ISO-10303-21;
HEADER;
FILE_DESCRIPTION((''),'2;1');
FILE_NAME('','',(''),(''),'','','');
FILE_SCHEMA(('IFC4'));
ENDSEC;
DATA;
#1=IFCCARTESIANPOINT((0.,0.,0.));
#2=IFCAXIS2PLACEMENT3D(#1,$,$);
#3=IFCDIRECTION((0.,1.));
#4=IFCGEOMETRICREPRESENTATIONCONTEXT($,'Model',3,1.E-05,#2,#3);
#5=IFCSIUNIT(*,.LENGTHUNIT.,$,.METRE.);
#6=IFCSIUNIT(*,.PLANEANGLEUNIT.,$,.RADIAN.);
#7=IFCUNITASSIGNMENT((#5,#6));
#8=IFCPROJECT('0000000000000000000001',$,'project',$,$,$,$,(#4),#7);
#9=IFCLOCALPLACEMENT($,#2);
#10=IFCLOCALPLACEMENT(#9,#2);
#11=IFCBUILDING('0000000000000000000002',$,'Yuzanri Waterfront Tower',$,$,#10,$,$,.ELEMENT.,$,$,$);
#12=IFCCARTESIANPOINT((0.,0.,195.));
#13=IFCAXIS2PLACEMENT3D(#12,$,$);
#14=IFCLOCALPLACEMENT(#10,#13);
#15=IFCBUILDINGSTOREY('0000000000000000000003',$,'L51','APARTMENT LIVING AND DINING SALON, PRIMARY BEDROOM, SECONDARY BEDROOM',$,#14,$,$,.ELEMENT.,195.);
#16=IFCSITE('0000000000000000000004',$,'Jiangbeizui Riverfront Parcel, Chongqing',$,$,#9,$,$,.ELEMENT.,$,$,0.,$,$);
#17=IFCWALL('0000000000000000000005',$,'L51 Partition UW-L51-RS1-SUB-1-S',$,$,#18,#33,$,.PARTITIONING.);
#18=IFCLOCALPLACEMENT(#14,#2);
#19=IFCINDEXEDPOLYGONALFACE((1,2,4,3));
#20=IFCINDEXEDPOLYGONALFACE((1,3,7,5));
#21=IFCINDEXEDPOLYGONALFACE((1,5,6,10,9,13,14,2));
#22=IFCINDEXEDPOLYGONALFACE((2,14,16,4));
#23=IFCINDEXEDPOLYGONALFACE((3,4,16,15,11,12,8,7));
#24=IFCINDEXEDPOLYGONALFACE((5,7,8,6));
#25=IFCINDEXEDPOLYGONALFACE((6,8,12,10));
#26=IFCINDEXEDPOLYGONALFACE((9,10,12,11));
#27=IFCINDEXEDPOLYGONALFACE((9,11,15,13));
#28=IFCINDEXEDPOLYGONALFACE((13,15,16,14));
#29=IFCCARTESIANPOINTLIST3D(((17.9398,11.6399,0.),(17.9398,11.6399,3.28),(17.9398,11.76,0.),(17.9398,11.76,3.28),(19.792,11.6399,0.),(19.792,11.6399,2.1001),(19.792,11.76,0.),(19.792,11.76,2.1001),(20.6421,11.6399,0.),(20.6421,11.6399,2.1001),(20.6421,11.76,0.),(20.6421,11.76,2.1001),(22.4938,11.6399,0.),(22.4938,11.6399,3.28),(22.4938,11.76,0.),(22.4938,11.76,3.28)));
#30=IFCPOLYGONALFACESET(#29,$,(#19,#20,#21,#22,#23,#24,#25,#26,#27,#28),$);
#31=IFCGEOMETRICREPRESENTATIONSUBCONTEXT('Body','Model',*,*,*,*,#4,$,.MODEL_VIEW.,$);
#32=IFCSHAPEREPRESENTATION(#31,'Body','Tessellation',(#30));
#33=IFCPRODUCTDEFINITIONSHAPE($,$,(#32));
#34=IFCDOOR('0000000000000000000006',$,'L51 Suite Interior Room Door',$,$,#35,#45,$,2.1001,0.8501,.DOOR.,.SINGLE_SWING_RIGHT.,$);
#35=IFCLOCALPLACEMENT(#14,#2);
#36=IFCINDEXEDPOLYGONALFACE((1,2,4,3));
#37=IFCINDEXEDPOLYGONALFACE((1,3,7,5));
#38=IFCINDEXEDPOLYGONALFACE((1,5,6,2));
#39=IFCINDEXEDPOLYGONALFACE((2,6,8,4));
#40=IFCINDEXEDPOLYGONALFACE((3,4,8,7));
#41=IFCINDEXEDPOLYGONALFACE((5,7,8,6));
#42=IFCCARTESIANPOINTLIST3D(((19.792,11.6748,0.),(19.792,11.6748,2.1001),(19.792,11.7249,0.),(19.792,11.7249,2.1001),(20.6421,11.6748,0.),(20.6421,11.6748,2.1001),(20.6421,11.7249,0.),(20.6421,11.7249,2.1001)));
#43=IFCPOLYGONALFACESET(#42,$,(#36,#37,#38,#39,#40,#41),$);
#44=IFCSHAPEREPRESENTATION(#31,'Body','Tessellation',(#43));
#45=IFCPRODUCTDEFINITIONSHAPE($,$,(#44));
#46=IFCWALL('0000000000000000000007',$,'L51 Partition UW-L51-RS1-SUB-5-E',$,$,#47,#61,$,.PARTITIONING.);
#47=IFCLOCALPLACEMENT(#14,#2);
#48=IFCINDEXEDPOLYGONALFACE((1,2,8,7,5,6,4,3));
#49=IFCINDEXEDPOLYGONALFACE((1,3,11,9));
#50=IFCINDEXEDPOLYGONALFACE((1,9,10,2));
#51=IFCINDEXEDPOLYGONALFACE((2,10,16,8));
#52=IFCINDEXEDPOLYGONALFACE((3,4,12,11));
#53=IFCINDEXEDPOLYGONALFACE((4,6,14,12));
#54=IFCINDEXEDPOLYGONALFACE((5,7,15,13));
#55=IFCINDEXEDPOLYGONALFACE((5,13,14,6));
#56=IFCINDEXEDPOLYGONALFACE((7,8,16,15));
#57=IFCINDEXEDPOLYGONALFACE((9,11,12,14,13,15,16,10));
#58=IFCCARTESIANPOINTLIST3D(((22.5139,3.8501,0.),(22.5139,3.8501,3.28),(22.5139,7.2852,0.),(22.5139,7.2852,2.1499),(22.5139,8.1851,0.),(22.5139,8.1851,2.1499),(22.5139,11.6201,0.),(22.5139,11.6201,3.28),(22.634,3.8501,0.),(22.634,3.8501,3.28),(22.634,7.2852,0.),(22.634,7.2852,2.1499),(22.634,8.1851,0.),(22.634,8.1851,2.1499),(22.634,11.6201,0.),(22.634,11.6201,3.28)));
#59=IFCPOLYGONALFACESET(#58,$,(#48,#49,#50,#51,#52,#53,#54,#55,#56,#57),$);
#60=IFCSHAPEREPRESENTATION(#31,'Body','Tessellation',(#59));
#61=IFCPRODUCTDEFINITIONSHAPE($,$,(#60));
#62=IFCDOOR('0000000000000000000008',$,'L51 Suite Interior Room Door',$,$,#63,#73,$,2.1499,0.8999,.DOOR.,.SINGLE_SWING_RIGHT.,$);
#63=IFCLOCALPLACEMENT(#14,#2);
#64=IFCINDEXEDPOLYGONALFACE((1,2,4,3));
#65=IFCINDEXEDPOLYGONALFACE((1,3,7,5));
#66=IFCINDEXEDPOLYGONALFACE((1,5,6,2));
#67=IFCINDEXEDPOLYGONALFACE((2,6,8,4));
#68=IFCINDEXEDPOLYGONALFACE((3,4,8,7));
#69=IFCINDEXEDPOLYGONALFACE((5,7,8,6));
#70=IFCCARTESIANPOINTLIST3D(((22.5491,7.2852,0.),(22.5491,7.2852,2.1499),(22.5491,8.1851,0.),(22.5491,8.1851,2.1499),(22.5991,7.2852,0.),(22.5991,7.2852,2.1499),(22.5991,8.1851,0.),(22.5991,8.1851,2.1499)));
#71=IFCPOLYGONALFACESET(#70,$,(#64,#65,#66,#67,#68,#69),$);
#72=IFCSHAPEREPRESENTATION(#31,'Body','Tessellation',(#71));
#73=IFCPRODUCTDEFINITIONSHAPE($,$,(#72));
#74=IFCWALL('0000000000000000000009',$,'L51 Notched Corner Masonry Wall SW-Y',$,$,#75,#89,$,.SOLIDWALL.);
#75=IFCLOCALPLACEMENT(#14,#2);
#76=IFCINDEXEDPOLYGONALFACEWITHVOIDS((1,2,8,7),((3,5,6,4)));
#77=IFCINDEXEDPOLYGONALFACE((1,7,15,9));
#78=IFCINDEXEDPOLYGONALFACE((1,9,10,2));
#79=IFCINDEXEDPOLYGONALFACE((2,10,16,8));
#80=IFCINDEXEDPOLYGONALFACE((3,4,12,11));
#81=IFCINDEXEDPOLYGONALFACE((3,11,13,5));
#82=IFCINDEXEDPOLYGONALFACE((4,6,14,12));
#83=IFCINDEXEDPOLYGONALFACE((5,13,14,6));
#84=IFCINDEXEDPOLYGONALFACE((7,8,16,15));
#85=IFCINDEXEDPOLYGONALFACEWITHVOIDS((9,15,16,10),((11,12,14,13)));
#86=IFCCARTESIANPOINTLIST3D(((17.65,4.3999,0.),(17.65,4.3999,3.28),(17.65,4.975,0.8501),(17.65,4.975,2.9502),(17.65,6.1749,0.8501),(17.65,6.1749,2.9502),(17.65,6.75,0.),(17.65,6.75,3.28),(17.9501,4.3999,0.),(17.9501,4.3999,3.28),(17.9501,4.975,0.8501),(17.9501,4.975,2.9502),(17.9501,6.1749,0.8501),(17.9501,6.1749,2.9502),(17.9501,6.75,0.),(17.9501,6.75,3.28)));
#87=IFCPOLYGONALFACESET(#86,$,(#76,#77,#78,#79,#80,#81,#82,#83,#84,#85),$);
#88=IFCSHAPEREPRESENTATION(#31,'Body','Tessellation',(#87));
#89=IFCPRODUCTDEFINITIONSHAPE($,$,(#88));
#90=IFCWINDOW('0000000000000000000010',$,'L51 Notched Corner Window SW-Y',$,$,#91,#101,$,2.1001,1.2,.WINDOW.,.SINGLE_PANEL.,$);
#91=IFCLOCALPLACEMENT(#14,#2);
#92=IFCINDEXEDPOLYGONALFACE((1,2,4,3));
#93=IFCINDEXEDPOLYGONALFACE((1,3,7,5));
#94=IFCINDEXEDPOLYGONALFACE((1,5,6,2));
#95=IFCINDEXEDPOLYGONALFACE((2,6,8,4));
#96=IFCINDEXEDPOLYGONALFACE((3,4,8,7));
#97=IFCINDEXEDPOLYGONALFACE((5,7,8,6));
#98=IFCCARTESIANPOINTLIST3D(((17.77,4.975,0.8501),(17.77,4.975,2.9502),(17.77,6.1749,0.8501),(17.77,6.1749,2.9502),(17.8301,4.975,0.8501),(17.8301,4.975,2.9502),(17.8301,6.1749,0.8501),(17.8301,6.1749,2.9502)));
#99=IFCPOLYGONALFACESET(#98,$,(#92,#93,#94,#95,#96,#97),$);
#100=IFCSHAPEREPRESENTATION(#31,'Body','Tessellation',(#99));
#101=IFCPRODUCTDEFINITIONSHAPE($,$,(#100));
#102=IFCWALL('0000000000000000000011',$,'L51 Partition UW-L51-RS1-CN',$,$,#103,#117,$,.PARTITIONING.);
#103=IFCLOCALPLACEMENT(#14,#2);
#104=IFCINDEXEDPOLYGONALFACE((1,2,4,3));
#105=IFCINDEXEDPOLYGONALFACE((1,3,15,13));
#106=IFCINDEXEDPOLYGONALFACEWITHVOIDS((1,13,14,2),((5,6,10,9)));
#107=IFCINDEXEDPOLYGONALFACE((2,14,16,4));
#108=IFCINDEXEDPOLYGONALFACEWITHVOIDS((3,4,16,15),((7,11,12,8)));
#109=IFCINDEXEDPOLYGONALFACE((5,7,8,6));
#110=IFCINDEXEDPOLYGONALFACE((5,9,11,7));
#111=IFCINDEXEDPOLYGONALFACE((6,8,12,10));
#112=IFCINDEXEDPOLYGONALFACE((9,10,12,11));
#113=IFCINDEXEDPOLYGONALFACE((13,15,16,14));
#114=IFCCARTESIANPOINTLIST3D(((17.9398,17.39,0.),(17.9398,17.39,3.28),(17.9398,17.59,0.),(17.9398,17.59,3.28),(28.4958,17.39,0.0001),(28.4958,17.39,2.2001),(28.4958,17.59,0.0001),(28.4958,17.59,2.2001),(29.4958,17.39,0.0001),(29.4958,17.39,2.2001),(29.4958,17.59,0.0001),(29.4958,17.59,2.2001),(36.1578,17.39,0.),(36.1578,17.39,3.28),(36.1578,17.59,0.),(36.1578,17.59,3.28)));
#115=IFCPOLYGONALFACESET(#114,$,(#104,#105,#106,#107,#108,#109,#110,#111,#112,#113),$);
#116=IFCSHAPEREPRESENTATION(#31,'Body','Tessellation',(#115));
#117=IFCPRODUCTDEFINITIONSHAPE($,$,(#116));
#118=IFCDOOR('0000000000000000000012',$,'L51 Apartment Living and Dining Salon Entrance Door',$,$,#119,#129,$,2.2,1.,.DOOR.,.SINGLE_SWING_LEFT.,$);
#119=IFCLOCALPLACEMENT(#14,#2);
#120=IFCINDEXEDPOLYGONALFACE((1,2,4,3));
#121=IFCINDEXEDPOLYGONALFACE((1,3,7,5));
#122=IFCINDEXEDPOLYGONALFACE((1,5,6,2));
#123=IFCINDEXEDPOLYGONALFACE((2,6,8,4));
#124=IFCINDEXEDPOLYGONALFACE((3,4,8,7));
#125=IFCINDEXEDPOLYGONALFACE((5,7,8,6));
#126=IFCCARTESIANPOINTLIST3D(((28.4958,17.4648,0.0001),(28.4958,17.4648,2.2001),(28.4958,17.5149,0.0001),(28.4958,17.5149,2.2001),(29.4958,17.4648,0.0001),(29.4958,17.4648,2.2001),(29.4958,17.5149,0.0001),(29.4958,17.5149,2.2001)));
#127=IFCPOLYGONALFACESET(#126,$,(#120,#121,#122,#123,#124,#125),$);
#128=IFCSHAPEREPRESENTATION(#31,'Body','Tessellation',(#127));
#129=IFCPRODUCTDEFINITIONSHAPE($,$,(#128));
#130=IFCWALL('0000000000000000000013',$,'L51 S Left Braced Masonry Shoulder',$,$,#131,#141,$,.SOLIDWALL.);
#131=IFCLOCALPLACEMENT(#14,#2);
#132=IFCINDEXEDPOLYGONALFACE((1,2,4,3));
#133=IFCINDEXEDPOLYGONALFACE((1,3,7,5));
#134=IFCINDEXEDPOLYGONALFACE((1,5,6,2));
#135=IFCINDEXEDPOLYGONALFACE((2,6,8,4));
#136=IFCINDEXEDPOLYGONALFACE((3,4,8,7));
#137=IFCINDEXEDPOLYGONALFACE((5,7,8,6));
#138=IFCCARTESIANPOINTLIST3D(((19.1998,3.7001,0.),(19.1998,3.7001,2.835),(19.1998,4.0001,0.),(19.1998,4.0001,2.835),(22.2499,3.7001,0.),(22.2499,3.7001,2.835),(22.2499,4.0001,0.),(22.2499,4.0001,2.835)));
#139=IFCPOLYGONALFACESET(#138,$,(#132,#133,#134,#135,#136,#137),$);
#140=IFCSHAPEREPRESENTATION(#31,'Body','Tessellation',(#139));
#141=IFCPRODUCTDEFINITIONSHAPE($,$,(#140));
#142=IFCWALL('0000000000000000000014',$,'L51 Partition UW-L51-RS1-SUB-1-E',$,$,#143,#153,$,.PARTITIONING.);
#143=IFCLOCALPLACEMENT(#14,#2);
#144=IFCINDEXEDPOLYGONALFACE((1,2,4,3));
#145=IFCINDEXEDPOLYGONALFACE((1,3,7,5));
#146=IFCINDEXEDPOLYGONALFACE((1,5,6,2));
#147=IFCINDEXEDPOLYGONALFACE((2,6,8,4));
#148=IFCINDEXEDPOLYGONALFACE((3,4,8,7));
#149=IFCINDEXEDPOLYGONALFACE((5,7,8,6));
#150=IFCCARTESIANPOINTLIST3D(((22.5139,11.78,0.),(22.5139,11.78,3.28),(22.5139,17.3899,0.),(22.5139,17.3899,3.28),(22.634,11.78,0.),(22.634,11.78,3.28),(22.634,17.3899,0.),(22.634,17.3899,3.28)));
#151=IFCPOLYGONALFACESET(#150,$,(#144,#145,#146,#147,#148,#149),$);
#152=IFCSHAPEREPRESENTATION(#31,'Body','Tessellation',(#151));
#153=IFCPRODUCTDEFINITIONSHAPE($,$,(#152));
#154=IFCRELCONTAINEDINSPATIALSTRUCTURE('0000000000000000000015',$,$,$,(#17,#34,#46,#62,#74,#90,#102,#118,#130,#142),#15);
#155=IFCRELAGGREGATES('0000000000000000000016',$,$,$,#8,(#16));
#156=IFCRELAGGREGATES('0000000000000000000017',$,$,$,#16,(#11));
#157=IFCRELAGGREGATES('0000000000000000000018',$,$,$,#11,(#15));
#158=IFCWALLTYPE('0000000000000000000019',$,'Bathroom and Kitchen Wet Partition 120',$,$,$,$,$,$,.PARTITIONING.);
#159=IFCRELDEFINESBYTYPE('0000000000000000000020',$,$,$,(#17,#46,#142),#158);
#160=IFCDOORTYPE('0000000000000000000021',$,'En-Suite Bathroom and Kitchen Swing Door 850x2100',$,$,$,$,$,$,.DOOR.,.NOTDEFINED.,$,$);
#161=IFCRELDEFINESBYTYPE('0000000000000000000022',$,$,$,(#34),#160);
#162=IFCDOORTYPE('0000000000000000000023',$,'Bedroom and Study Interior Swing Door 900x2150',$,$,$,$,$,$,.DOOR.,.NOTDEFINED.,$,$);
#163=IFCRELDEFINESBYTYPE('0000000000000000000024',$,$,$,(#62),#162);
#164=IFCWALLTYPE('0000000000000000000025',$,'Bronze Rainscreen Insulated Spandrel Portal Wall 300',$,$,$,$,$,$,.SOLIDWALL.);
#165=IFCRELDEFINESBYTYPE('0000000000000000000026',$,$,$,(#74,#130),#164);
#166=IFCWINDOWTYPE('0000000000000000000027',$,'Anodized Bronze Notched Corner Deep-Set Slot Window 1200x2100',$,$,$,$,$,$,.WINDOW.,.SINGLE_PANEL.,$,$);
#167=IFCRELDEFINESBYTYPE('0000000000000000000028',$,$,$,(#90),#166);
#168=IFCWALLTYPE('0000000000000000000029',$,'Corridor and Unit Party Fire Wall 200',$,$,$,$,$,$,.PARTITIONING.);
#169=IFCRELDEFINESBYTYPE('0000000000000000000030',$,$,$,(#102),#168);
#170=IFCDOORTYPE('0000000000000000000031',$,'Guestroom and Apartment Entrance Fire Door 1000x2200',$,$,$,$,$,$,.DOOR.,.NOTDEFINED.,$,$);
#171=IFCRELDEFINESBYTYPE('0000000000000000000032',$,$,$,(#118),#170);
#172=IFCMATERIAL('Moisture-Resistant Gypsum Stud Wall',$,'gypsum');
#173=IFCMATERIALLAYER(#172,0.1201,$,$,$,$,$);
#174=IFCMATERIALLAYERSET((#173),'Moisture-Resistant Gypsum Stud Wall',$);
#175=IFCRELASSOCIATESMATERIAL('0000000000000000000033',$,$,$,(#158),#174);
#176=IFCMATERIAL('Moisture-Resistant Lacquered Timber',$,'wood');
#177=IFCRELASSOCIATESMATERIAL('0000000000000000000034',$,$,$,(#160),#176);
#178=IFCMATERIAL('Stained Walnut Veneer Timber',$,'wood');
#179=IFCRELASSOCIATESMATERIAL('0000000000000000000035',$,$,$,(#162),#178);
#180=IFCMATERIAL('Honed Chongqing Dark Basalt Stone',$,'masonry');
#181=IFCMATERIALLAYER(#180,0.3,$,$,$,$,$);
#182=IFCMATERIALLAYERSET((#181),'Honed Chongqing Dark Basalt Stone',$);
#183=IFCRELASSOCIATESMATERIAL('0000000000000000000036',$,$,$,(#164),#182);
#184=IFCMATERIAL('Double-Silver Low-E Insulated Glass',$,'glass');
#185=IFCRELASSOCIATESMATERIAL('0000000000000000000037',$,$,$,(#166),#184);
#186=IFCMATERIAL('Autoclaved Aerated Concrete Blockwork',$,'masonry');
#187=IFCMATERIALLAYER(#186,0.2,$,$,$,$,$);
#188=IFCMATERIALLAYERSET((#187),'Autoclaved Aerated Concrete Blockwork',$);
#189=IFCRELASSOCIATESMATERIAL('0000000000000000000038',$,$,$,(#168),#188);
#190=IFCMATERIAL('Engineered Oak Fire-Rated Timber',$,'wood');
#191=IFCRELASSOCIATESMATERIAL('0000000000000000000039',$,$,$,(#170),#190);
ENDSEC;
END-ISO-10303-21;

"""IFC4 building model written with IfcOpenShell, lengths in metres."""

from ifc_helpers import new_model, si_unit, direction, frame, frame_2d, origin, place, context, subcontext, project, spatial, rectangle, extrude, source, transform, mapped, material, layer, layer_set, type_object, element, fill, save


model = new_model("IFC4")

# Units and contexts
model_context = context("Model", 3, precision=1e-05, world=origin(), true_north=direction((0.0, 1.0)))
body_context = subcontext(model_context, "Body", "Model", "MODEL_VIEW")
ifc_project = project(units=[si_unit("LENGTHUNIT", "METRE"), si_unit("PLANEANGLEUNIT", "RADIAN")], contexts=[model_context])

# Site, building, storey
site_placement = place(None, origin())
site = spatial("IfcSite", under=ifc_project, at=site_placement, Name="Jiangbeizui Riverfront Parcel, Chongqing", CompositionType="ELEMENT", RefElevation=0.0)
building_placement = place(site_placement, origin())
building = spatial("IfcBuilding", under=site, at=building_placement, Name="Yuzanri Waterfront Tower", CompositionType="ELEMENT")
storey_placement = place(building_placement, frame((0.0, 0.0, 195.0)))
storey = spatial("IfcBuildingStorey", under=building, at=storey_placement, Name="L51", Description="APARTMENT LIVING AND DINING SALON, PRIMARY BEDROOM, SECONDARY BEDROOM", CompositionType="ELEMENT", Elevation=195.0)

# Walls, openings, doors
ifc_material_1 = material(Name="Moisture-Resistant Gypsum Stud Wall", Category="gypsum")
ifc_layer_1 = layer(ifc_material_1, 0.1201)
ifc_layer_set_1 = layer_set([ifc_layer_1], Name="Moisture-Resistant Gypsum Stud Wall")
wall_type_1 = type_object("IfcWallType", Name="Bathroom and Kitchen Wet Partition 120", PredefinedType="PARTITIONING", material=ifc_layer_set_1)
wall_1_placement = place(storey_placement, frame((17.9399, 11.7, 0.0), z_axis=(0.0, 0.0, 1.0), x_axis=(1.0, 0.0, 0.0)))
wall_1 = element("IfcWall", 1, at=wall_1_placement, inside=storey, type_object=wall_type_1, Name="L51 Partition UW-L51-RS1-SUB-1-S", PredefinedType="PARTITIONING", context=body_context, shape_type="SweptSolid", body=[
    extrude(rectangle(XDim=4.554, YDim=0.1201, at=frame_2d((2.2769, 0.0))), origin(), (0.0, 0.0, 1.0), 3.28),
])
opening_1_placement = place(wall_1_placement, frame((1.8521, 0.0, 0.0)))
opening_1 = element("IfcOpeningElement", 2, at=opening_1_placement, cuts=wall_1, PredefinedType="OPENING", context=body_context, shape_type="SweptSolid", body=[
    extrude(rectangle(XDim=0.8501, YDim=2.1001, at=frame_2d((0.425, 1.05))), frame((0.0, 0.075, 0.0), z_axis=(0.0, -1.0, 0.0), x_axis=(1.0, 0.0, 0.0)), (0.0, 0.0, 1.0), 0.1499),
])
ifc_material_2 = material(Name="Moisture-Resistant Lacquered Timber", Category="wood")
door_type_1 = type_object("IfcDoorType", Name="En-Suite Bathroom and Kitchen Swing Door 850x2100", OperationType="NOTDEFINED", PredefinedType="DOOR", material=ifc_material_2)
shared_shape_1 = source(origin(), body_context, "Body", "SweptSolid", [
    extrude(rectangle(XDim=0.8501, YDim=2.1001, at=frame_2d((0.425, 1.05))), frame((0.0, 0.0249, 0.0), z_axis=(0.0, -1.0, 0.0), x_axis=(1.0, 0.0, 0.0)), (0.0, 0.0, 1.0), 0.05),
])
door_1_placement = place(opening_1_placement, origin())
door_1 = element("IfcDoor", 3, at=door_1_placement, inside=storey, type_object=door_type_1, Name="L51 Suite Interior Room Door", OperationType="SINGLE_SWING_RIGHT", OverallHeight=2.1001, OverallWidth=0.8501, PredefinedType="DOOR", context=body_context, shape_type="MappedRepresentation", body=[
    mapped(shared_shape_1, transform((0.0, 0.0, 0.0), scale=1.0)),
])
fill(opening_1, door_1)
wall_2_placement = place(storey_placement, frame((22.574, 3.8501, 0.0), z_axis=(0.0, 0.0, 1.0), x_axis=(0.0, 1.0, 0.0)))
wall_2 = element("IfcWall", 4, at=wall_2_placement, inside=storey, type_object=wall_type_1, Name="L51 Partition UW-L51-RS1-SUB-5-E", PredefinedType="PARTITIONING", context=body_context, shape_type="SweptSolid", body=[
    extrude(rectangle(XDim=7.77, YDim=0.1201, at=frame_2d((3.885, 0.0))), origin(), (0.0, 0.0, 1.0), 3.28),
])
opening_2_placement = place(wall_2_placement, frame((3.4351, 0.0, 0.0)))
opening_2 = element("IfcOpeningElement", 5, at=opening_2_placement, cuts=wall_2, PredefinedType="OPENING", context=body_context, shape_type="SweptSolid", body=[
    extrude(rectangle(XDim=0.8999, YDim=2.1499, at=frame_2d((0.45, 1.075))), frame((0.0, 0.075, 0.0), z_axis=(0.0, -1.0, 0.0), x_axis=(1.0, 0.0, 0.0)), (0.0, 0.0, 1.0), 0.1499),
])
ifc_material_3 = material(Name="Stained Walnut Veneer Timber", Category="wood")
door_type_2 = type_object("IfcDoorType", Name="Bedroom and Study Interior Swing Door 900x2150", OperationType="NOTDEFINED", PredefinedType="DOOR", material=ifc_material_3)
shared_shape_2 = source(origin(), body_context, "Body", "SweptSolid", [
    extrude(rectangle(XDim=0.8999, YDim=2.1499, at=frame_2d((0.45, 1.075))), frame((0.0, 0.0249, 0.0), z_axis=(0.0, -1.0, 0.0), x_axis=(1.0, 0.0, 0.0)), (0.0, 0.0, 1.0), 0.05),
])
door_2_placement = place(opening_2_placement, origin())
door_2 = element("IfcDoor", 6, at=door_2_placement, inside=storey, type_object=door_type_2, Name="L51 Suite Interior Room Door", OperationType="SINGLE_SWING_RIGHT", OverallHeight=2.1499, OverallWidth=0.8999, PredefinedType="DOOR", context=body_context, shape_type="MappedRepresentation", body=[
    mapped(shared_shape_2, transform((0.0, 0.0, 0.0), scale=1.0)),
])
fill(opening_2, door_2)

# Wall, opening, window
ifc_material_4 = material(Name="Honed Chongqing Dark Basalt Stone", Category="masonry")
ifc_layer_2 = layer(ifc_material_4, 0.3)
ifc_layer_set_2 = layer_set([ifc_layer_2], Name="Honed Chongqing Dark Basalt Stone")
wall_type_2 = type_object("IfcWallType", Name="Bronze Rainscreen Insulated Spandrel Portal Wall 300", PredefinedType="SOLIDWALL", material=ifc_layer_set_2)
wall_3_placement = place(storey_placement, frame((17.8, 6.75, 0.0), z_axis=(0.0, 0.0, 1.0), x_axis=(0.0, -1.0, 0.0)))
wall_3 = element("IfcWall", 7, at=wall_3_placement, inside=storey, type_object=wall_type_2, Name="L51 Notched Corner Masonry Wall SW-Y", PredefinedType="SOLIDWALL", context=body_context, shape_type="SweptSolid", body=[
    extrude(rectangle(XDim=2.3501, YDim=0.3, at=frame_2d((1.175, 0.0))), origin(), (0.0, 0.0, 1.0), 3.28),
])
opening_3_placement = place(wall_3_placement, frame((0.575, 0.0, 0.8501)))
opening_3 = element("IfcOpeningElement", 8, at=opening_3_placement, cuts=wall_3, PredefinedType="OPENING", context=body_context, shape_type="SweptSolid", body=[
    extrude(rectangle(XDim=1.2, YDim=2.1001, at=frame_2d((0.6001, 1.05))), frame((0.0, 0.165, 0.0), z_axis=(0.0, -1.0, 0.0), x_axis=(1.0, 0.0, 0.0)), (0.0, 0.0, 1.0), 0.3298),
])
ifc_material_5 = material(Name="Double-Silver Low-E Insulated Glass", Category="glass")
window_type = type_object("IfcWindowType", Name="Anodized Bronze Notched Corner Deep-Set Slot Window 1200x2100", PartitioningType="SINGLE_PANEL", PredefinedType="WINDOW", material=ifc_material_5)
shared_shape_3 = source(origin(), body_context, "Body", "SweptSolid", [
    extrude(rectangle(XDim=1.2, YDim=2.1001, at=frame_2d((0.6001, 1.05))), frame((0.0, 0.03, 0.0), z_axis=(0.0, -1.0, 0.0), x_axis=(1.0, 0.0, 0.0)), (0.0, 0.0, 1.0), 0.0601),
])
window_placement = place(opening_3_placement, origin())
window = element("IfcWindow", 9, at=window_placement, inside=storey, type_object=window_type, Name="L51 Notched Corner Window SW-Y", OverallHeight=2.1001, OverallWidth=1.2, PartitioningType="SINGLE_PANEL", PredefinedType="WINDOW", context=body_context, shape_type="MappedRepresentation", body=[
    mapped(shared_shape_3, transform((0.0, 0.0, 0.0), scale=1.0)),
])
fill(opening_3, window)

# Wall, opening, door
ifc_material_6 = material(Name="Autoclaved Aerated Concrete Blockwork", Category="masonry")
ifc_layer_3 = layer(ifc_material_6, 0.2)
ifc_layer_set_3 = layer_set([ifc_layer_3], Name="Autoclaved Aerated Concrete Blockwork")
wall_type_3 = type_object("IfcWallType", Name="Corridor and Unit Party Fire Wall 200", PredefinedType="PARTITIONING", material=ifc_layer_set_3)
wall_4_placement = place(storey_placement, frame((17.9399, 17.49, 0.0), z_axis=(0.0, 0.0, 1.0), x_axis=(1.0, 0.0, 0.0)))
wall_4 = element("IfcWall", 10, at=wall_4_placement, inside=storey, type_object=wall_type_3, Name="L51 Partition UW-L51-RS1-CN", PredefinedType="PARTITIONING", context=body_context, shape_type="SweptSolid", body=[
    extrude(rectangle(XDim=18.218, YDim=0.2, at=frame_2d((9.1089, 0.0))), origin(), (0.0, 0.0, 1.0), 3.28),
])
opening_4_placement = place(wall_4_placement, frame((10.5559, 0.0, 0.0)))
opening_4 = element("IfcOpeningElement", 11, at=opening_4_placement, cuts=wall_4, PredefinedType="OPENING", context=body_context, shape_type="SweptSolid", body=[
    extrude(rectangle(XDim=1.0, YDim=2.2, at=frame_2d((0.5, 1.1001))), frame((0.0, 0.1147, 0.0), z_axis=(0.0, -1.0, 0.0), x_axis=(1.0, 0.0, 0.0)), (0.0, 0.0, 1.0), 0.2297),
])
ifc_material_7 = material(Name="Engineered Oak Fire-Rated Timber", Category="wood")
door_type_3 = type_object("IfcDoorType", Name="Guestroom and Apartment Entrance Fire Door 1000x2200", OperationType="NOTDEFINED", PredefinedType="DOOR", material=ifc_material_7)
shared_shape_4 = source(origin(), body_context, "Body", "SweptSolid", [
    extrude(rectangle(XDim=1.0, YDim=2.2, at=frame_2d((0.5, 1.1001))), frame((0.0, 0.0249, 0.0), z_axis=(0.0, -1.0, 0.0), x_axis=(1.0, 0.0, 0.0)), (0.0, 0.0, 1.0), 0.05),
])
door_3_placement = place(opening_4_placement, origin())
door_3 = element("IfcDoor", 12, at=door_3_placement, inside=storey, type_object=door_type_3, Name="L51 Apartment Living and Dining Salon Entrance Door", OperationType="SINGLE_SWING_LEFT", OverallHeight=2.2, OverallWidth=1.0, PredefinedType="DOOR", context=body_context, shape_type="MappedRepresentation", body=[
    mapped(shared_shape_4, transform((0.0, 0.0, 0.0), scale=1.0)),
])
fill(opening_4, door_3)

# Walls
shared_shape_5 = source(origin(), body_context, "Body", "SweptSolid", [
    extrude(rectangle(XDim=3.05, YDim=0.3, at=frame_2d((1.5249, 0.0))), origin(), (0.0, 0.0, 1.0), 2.835),
])
wall_5_placement = place(storey_placement, frame((19.2, 3.8501, 0.0), z_axis=(0.0, 0.0, 1.0), x_axis=(1.0, 0.0, 0.0)))
element("IfcWall", 13, at=wall_5_placement, inside=storey, type_object=wall_type_2, Name="L51 S Left Braced Masonry Shoulder", PredefinedType="SOLIDWALL", context=body_context, shape_type="MappedRepresentation", body=[
    mapped(shared_shape_5, transform((0.0, 0.0, 0.0), scale=1.0)),
])
shared_shape_6 = source(origin(), body_context, "Body", "SweptSolid", [
    extrude(rectangle(XDim=5.6099, YDim=0.1201, at=frame_2d((2.8049, 0.0))), origin(), (0.0, 0.0, 1.0), 3.28),
])
wall_6_placement = place(storey_placement, frame((22.574, 11.78, 0.0), z_axis=(0.0, 0.0, 1.0), x_axis=(0.0, 1.0, 0.0)))
element("IfcWall", 14, at=wall_6_placement, inside=storey, type_object=wall_type_1, Name="L51 Partition UW-L51-RS1-SUB-1-E", PredefinedType="PARTITIONING", context=body_context, shape_type="MappedRepresentation", body=[
    mapped(shared_shape_6, transform((0.0, 0.0, 0.0), scale=1.0)),
])

save(model, "model.ifc")
